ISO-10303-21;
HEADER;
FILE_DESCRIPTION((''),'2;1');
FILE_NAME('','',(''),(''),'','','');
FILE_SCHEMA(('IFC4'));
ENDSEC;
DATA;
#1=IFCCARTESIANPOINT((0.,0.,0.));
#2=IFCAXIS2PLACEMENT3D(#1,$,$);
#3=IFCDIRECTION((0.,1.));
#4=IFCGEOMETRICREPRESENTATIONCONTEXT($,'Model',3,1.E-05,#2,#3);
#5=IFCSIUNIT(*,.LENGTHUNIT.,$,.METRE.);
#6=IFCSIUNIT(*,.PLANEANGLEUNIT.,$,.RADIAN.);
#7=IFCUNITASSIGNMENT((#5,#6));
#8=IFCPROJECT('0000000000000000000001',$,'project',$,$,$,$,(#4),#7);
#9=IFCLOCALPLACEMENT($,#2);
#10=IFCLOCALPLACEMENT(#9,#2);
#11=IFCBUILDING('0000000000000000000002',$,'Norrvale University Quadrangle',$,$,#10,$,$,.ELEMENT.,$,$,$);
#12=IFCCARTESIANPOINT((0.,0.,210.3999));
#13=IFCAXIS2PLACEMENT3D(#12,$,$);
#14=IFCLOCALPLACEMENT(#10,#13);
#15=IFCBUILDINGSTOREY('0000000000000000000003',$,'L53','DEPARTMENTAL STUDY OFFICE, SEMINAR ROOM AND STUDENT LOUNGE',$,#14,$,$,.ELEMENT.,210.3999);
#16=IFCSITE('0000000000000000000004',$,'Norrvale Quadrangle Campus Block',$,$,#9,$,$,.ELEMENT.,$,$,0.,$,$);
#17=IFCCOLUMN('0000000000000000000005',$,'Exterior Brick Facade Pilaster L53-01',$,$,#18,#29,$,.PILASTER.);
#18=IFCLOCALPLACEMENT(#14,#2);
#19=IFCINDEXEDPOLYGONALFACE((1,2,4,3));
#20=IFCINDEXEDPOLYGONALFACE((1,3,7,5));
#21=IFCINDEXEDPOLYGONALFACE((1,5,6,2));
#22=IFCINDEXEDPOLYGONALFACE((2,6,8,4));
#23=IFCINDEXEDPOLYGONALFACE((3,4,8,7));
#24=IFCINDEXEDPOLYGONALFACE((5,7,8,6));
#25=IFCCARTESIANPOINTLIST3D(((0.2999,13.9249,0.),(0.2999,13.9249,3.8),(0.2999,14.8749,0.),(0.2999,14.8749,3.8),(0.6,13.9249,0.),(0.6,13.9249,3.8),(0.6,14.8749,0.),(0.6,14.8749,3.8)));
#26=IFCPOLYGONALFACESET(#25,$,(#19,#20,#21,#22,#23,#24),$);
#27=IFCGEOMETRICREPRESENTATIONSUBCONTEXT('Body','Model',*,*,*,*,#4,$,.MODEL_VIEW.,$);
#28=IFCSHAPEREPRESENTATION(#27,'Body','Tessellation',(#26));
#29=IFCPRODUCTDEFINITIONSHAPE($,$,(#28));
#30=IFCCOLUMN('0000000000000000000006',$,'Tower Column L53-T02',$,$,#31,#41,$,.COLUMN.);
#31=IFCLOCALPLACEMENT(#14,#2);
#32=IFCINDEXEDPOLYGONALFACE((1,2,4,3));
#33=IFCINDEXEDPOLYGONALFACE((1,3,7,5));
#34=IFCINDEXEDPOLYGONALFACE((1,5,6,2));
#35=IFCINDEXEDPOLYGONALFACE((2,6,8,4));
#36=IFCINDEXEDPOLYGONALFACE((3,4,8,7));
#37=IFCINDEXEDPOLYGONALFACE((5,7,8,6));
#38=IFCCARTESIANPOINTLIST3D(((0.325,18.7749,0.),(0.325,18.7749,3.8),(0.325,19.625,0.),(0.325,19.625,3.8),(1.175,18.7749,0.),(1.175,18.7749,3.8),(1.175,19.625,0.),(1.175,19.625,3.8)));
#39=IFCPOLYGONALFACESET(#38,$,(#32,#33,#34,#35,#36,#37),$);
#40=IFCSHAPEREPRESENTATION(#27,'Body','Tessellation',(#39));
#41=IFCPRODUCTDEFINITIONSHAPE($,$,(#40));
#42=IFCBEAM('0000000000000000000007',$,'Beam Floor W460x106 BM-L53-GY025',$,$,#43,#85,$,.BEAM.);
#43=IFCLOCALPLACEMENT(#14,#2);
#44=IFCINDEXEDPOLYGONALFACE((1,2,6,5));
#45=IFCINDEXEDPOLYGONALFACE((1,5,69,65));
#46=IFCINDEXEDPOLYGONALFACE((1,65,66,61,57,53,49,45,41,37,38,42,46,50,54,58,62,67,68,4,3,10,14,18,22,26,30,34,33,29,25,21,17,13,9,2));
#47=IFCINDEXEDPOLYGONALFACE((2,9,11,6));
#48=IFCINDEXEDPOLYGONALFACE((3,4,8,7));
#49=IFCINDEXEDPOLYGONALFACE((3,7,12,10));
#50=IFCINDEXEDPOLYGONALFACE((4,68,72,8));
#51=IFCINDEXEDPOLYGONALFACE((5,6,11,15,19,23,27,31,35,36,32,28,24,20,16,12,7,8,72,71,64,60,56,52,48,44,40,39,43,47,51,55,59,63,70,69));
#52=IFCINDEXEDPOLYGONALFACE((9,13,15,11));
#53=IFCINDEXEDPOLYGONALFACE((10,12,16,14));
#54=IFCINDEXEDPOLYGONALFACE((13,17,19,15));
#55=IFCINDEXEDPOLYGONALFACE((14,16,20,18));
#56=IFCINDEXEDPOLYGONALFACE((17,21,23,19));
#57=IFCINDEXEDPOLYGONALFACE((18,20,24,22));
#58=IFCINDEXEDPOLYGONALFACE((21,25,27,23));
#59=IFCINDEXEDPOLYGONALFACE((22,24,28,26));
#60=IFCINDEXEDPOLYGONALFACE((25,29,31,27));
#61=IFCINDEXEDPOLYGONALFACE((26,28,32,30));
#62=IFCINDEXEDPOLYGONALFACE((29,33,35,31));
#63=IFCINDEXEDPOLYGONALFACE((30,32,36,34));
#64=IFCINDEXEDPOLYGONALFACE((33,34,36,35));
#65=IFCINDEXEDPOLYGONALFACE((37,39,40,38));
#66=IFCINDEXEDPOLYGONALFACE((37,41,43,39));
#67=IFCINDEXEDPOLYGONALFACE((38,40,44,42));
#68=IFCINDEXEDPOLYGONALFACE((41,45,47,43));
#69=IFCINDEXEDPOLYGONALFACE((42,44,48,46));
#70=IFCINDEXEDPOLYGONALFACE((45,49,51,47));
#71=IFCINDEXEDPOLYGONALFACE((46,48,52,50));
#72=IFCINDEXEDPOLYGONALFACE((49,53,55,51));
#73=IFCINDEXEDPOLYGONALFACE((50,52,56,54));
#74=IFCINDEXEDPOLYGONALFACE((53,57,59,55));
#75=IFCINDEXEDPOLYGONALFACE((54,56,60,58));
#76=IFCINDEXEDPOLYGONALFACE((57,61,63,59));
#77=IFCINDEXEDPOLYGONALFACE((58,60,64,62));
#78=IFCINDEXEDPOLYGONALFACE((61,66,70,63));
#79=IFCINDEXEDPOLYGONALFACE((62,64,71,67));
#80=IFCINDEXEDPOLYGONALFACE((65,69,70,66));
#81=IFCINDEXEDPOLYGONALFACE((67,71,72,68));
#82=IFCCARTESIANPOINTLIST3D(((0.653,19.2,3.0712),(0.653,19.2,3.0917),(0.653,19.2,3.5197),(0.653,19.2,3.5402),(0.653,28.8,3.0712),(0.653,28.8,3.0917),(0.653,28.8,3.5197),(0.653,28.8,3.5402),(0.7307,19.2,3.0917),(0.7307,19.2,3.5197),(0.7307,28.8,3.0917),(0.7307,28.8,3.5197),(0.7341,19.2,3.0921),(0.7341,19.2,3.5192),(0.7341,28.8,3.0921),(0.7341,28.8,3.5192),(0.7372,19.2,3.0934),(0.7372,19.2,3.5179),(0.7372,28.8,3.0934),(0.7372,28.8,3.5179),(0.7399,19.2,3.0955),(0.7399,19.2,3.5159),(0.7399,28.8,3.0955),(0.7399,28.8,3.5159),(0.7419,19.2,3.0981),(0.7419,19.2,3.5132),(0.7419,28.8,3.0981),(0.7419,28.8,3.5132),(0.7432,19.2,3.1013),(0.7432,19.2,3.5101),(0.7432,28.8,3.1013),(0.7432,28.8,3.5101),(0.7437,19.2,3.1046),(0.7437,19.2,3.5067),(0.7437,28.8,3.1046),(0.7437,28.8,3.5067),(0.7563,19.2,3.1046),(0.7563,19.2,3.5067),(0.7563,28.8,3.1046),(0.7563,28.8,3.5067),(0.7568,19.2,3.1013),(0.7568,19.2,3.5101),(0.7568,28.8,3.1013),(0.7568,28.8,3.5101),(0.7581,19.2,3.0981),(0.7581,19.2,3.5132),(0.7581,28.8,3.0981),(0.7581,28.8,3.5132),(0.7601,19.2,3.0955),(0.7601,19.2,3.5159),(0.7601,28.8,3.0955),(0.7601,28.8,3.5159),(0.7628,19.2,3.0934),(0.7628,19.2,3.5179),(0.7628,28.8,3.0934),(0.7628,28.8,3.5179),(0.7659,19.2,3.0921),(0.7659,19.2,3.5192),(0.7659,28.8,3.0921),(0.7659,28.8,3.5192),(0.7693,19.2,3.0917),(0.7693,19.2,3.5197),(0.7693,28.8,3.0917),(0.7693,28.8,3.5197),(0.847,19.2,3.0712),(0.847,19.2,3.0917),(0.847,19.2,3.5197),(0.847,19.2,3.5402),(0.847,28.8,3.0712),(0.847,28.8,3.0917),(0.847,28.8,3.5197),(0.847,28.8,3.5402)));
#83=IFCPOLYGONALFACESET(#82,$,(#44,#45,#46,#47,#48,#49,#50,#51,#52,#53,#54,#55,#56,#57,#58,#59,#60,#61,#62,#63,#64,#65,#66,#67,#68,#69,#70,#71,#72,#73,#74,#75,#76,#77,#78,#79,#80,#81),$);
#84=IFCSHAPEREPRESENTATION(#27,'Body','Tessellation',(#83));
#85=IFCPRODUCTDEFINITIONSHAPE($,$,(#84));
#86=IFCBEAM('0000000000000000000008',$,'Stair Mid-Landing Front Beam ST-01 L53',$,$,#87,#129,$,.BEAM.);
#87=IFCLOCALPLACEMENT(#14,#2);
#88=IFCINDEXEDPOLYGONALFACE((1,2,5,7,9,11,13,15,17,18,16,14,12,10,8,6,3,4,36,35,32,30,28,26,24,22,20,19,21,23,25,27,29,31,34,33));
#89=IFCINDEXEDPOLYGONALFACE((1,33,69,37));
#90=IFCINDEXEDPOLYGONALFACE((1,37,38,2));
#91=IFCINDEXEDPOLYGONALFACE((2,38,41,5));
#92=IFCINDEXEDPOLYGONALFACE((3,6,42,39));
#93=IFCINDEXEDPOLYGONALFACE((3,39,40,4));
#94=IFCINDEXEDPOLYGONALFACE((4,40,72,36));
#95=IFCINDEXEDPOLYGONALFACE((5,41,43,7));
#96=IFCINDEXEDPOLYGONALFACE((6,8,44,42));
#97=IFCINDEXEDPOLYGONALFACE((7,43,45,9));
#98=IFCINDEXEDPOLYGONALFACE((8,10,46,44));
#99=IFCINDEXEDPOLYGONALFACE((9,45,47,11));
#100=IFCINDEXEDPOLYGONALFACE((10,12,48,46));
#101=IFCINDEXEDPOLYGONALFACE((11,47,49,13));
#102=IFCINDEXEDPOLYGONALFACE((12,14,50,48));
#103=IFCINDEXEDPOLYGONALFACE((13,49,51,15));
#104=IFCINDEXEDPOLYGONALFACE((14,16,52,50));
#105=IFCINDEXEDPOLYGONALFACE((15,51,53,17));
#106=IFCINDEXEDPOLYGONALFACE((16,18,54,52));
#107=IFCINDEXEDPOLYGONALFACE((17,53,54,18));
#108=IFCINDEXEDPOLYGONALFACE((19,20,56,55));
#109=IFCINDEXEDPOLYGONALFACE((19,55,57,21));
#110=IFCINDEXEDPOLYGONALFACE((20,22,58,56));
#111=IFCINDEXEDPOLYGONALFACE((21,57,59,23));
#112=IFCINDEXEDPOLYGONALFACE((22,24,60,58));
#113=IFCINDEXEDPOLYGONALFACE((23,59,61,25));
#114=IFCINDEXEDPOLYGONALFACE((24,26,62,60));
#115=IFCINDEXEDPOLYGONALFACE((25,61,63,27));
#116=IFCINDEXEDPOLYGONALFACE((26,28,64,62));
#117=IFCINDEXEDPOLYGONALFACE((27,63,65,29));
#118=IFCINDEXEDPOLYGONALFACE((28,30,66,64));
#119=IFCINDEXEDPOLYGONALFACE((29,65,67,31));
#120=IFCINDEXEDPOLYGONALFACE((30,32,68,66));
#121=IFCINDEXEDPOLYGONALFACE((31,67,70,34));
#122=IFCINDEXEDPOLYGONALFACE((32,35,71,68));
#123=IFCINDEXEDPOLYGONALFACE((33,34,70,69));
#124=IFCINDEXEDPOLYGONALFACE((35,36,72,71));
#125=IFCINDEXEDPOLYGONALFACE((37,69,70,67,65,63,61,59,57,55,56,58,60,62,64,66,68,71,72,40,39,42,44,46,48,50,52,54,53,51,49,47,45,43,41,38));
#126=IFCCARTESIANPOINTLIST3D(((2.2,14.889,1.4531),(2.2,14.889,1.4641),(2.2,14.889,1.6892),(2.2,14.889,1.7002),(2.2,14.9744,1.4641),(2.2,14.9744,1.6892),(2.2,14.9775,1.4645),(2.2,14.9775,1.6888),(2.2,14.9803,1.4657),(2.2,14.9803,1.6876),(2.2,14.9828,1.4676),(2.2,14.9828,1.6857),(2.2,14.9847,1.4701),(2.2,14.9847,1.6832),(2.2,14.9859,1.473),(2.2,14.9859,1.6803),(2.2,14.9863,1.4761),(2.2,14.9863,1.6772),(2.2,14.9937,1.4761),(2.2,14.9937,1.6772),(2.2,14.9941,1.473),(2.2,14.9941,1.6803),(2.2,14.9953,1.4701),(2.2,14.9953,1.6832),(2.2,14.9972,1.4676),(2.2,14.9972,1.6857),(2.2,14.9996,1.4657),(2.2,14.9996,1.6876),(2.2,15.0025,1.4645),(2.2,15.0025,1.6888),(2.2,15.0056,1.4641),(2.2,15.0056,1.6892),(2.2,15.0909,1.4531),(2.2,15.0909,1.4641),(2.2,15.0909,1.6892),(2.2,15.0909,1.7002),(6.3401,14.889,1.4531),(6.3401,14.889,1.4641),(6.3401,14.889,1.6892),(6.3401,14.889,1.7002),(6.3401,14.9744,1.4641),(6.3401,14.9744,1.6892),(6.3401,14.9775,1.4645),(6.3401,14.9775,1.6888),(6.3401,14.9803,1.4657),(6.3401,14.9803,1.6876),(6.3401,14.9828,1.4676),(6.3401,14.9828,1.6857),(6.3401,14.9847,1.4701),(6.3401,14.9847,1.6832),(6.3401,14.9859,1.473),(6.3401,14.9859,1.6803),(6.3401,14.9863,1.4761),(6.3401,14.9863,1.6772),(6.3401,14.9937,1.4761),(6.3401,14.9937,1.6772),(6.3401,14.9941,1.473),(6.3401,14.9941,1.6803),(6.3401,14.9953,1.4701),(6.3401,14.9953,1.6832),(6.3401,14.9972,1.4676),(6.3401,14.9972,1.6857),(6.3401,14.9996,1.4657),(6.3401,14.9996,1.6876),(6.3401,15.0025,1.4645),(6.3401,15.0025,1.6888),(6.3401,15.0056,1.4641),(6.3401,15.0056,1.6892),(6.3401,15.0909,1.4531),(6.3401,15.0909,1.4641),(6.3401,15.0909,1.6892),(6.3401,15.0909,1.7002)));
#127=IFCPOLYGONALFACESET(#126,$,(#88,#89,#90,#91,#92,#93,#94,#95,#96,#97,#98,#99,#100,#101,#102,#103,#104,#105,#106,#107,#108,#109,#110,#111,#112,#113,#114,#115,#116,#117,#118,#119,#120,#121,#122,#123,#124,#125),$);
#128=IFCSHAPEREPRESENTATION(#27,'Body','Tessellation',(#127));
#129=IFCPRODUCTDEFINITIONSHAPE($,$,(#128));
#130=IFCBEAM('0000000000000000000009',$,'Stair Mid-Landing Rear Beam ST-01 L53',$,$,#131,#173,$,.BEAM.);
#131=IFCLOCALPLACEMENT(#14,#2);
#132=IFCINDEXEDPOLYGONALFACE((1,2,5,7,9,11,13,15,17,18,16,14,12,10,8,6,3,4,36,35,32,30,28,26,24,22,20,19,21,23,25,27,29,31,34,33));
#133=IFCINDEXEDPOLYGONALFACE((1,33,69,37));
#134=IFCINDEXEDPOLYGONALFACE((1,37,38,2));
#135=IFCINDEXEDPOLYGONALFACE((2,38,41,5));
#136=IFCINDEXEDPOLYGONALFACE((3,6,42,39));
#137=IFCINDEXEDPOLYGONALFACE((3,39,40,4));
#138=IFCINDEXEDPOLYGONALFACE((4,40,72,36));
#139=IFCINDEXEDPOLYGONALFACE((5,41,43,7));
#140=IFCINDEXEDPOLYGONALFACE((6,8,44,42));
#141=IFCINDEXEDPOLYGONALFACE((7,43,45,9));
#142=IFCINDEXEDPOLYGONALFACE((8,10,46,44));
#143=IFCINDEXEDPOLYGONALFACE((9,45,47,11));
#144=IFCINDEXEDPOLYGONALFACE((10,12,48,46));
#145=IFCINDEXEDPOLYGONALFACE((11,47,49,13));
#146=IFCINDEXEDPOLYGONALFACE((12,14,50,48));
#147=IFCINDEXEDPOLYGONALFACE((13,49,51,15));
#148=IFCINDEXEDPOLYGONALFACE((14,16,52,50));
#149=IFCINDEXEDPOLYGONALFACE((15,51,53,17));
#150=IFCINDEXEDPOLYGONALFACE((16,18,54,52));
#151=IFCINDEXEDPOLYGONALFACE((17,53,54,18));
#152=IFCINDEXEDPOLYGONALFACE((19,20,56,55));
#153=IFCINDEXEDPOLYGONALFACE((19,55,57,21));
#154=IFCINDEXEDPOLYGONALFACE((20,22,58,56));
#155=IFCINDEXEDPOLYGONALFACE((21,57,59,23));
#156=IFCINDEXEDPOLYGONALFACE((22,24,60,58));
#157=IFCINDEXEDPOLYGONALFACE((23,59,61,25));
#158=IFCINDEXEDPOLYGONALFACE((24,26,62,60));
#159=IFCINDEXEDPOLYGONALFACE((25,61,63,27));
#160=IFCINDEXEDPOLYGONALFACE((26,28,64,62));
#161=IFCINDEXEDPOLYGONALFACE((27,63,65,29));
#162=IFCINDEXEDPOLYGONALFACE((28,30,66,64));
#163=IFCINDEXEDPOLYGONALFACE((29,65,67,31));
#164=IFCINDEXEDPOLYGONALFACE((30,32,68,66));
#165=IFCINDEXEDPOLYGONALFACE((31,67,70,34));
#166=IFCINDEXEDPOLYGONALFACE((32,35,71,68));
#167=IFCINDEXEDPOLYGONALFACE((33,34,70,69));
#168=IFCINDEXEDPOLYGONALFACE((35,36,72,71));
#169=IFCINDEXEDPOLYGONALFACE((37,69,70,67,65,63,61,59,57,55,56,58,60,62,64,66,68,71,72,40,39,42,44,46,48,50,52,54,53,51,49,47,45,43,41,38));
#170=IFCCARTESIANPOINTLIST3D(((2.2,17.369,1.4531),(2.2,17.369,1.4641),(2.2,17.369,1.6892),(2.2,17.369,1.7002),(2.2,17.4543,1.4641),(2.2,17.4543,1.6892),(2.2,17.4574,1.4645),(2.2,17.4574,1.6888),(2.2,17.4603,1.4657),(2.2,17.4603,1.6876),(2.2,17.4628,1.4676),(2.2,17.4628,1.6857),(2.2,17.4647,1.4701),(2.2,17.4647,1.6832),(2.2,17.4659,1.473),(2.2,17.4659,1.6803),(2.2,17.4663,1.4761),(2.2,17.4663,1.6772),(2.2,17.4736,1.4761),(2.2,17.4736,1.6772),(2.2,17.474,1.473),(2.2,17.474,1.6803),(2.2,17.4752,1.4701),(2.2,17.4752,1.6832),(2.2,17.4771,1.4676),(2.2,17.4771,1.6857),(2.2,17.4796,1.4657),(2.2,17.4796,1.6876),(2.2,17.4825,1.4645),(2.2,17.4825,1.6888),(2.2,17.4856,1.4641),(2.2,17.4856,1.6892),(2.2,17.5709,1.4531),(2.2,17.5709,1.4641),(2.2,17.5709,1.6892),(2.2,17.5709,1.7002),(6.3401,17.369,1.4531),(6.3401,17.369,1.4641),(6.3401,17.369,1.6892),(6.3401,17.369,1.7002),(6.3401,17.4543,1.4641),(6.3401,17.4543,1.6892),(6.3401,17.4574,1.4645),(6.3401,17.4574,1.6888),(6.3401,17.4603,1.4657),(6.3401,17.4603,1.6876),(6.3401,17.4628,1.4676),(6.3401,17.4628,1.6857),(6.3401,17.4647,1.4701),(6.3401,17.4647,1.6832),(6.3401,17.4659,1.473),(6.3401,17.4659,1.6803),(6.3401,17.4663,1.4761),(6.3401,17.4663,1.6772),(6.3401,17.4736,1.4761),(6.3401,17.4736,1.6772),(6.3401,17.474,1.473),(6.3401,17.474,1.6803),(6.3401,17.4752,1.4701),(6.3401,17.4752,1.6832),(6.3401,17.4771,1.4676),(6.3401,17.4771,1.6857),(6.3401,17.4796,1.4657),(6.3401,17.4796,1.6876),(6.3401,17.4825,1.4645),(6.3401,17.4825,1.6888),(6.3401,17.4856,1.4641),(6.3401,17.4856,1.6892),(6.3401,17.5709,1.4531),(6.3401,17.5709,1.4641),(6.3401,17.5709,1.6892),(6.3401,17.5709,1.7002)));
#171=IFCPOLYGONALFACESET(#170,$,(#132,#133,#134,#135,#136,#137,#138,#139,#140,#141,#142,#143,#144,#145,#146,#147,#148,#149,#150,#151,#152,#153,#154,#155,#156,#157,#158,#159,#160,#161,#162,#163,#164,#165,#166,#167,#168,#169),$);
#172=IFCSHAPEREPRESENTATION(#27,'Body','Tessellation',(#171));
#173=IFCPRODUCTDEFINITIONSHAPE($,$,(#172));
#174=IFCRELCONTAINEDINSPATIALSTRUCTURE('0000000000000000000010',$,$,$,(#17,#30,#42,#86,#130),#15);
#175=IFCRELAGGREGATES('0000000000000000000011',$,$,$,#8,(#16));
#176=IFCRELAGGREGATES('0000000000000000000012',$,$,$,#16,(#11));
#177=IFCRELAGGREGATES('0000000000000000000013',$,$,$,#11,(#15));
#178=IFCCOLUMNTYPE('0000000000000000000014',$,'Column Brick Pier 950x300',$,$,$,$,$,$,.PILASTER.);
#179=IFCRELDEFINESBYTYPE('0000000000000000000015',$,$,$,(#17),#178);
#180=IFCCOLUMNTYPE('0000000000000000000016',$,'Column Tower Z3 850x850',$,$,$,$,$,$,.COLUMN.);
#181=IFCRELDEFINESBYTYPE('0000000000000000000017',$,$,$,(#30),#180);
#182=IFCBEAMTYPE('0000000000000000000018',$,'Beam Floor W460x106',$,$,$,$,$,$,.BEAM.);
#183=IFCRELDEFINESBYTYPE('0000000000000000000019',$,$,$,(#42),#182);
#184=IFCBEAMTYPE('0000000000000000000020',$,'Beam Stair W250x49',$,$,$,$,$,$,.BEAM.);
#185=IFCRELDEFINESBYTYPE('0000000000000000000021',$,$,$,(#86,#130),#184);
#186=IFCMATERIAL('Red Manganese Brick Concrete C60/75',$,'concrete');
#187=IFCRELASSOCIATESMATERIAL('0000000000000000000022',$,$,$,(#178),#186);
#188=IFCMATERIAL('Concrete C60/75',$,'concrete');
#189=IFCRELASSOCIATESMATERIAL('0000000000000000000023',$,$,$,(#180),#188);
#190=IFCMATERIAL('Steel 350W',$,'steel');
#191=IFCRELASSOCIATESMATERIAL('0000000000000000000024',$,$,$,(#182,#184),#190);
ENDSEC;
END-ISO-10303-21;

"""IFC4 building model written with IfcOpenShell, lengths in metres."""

from ifc_helpers import new_model, si_unit, direction, frame, origin, origin_2d, place, context, subcontext, project, spatial, rectangle, i_section, extrude, material, material_profile, profile_set, type_object, element, save


model = new_model("IFC4")

# Units and contexts
model_context = context("Model", 3, precision=1e-05, world=origin(), true_north=direction((0.0, 1.0)))
body_context = subcontext(model_context, "Body", "Model", "MODEL_VIEW")
ifc_project = project(units=[si_unit("LENGTHUNIT", "METRE"), si_unit("PLANEANGLEUNIT", "RADIAN")], contexts=[model_context])

# Site, building, storey
site_placement = place(None, origin())
site = spatial("IfcSite", under=ifc_project, at=site_placement, Name="Norrvale Quadrangle Campus Block", CompositionType="ELEMENT", RefElevation=0.0)
building_placement = place(site_placement, origin())
building = spatial("IfcBuilding", under=site, at=building_placement, Name="Norrvale University Quadrangle", CompositionType="ELEMENT")
storey_placement = place(building_placement, frame((0.0, 0.0, 210.3999)))
storey = spatial("IfcBuildingStorey", under=building, at=storey_placement, Name="L53", Description="DEPARTMENTAL STUDY OFFICE, SEMINAR ROOM AND STUDENT LOUNGE", CompositionType="ELEMENT", Elevation=210.3999)

# Columns
ifc_material_1 = material(Name="Red Manganese Brick Concrete C60/75", Category="concrete")
ifc_material_profile_1 = material_profile(ifc_material_1, rectangle(XDim=0.95, YDim=0.3, at=origin_2d()), Name="Red Manganese Brick Concrete C60/75")
ifc_profile_set_1 = profile_set([ifc_material_profile_1], Name="Red Manganese Brick Concrete C60/75")
column_type_1 = type_object("IfcColumnType", Name="Column Brick Pier 950x300", PredefinedType="PILASTER", material=ifc_profile_set_1)
column_1_placement = place(storey_placement, frame((0.45, 14.3999, 0.0), z_axis=(0.0, 0.0, 1.0), x_axis=(0.0, 1.0, 0.0)))
element("IfcColumn", 1, at=column_1_placement, inside=storey, type_object=column_type_1, Name="Exterior Brick Facade Pilaster L53-01", PredefinedType="PILASTER", context=body_context, shape_type="SweptSolid", body=[
    extrude(rectangle(XDim=0.95, YDim=0.3, at=origin_2d()), origin(), (0.0, 0.0, 1.0), 3.8),
])
ifc_material_2 = material(Name="Concrete C60/75", Category="concrete")
ifc_material_profile_2 = material_profile(ifc_material_2, rectangle(XDim=0.8501, YDim=0.8501, at=origin_2d()), Name="Concrete C60/75")
ifc_profile_set_2 = profile_set([ifc_material_profile_2], Name="Concrete C60/75")
column_type_2 = type_object("IfcColumnType", Name="Column Tower Z3 850x850", PredefinedType="COLUMN", material=ifc_profile_set_2)
column_2_placement = place(storey_placement, frame((0.75, 19.2, 0.0), z_axis=(0.0, 0.0, 1.0), x_axis=(1.0, 0.0, 0.0)))
element("IfcColumn", 2, at=column_2_placement, inside=storey, type_object=column_type_2, Name="Tower Column L53-T02", PredefinedType="COLUMN", context=body_context, shape_type="SweptSolid", body=[
    extrude(rectangle(XDim=0.8501, YDim=0.8501, at=origin_2d()), origin(), (0.0, 0.0, 1.0), 3.8),
])

# Beams
ifc_material_3 = material(Name="Steel 350W", Category="steel")
ifc_material_profile_3 = material_profile(ifc_material_3, i_section(OverallWidth=0.1941, OverallDepth=0.469, WebThickness=0.0127, FlangeThickness=0.0205, FilletRadius=0.0129, at=origin_2d()), Name="Steel 350W")
ifc_profile_set_3 = profile_set([ifc_material_profile_3], Name="Steel 350W")
beam_type_1 = type_object("IfcBeamType", Name="Beam Floor W460x106", PredefinedType="BEAM", material=ifc_profile_set_3)
beam_1_placement = place(storey_placement, frame((0.75, 19.2, 3.3057), z_axis=(0.0, 1.0, 0.0), x_axis=(-1.0, 0.0, 0.0)))
element("IfcBeam", 3, at=beam_1_placement, inside=storey, type_object=beam_type_1, Name="Beam Floor W460x106 BM-L53-GY025", PredefinedType="BEAM", context=body_context, shape_type="SweptSolid", body=[
    extrude(i_section(OverallWidth=0.1941, OverallDepth=0.469, WebThickness=0.0127, FlangeThickness=0.0205, FilletRadius=0.0129, at=origin_2d()), origin(), (0.0, 0.0, 1.0), 9.6001),
])
ifc_material_profile_4 = material_profile(ifc_material_3, i_section(OverallWidth=0.2019, OverallDepth=0.2471, WebThickness=0.0073, FlangeThickness=0.011, FilletRadius=0.012, at=origin_2d()), Name="Steel 350W")
ifc_profile_set_4 = profile_set([ifc_material_profile_4], Name="Steel 350W")
beam_type_2 = type_object("IfcBeamType", Name="Beam Stair W250x49", PredefinedType="BEAM", material=ifc_profile_set_4)
for number, where, z_axis, x_axis, name in (
    (4, (2.2, 14.99, 1.5767), (1.0, 0.0, 0.0), (0.0, 1.0, 0.0), "Stair Mid-Landing Front Beam ST-01 L53"),
    (5, (2.2, 17.47, 1.5767), (1.0, 0.0, 0.0), (0.0, 1.0, 0.0), "Stair Mid-Landing Rear Beam ST-01 L53"),
):
    element("IfcBeam", number, at=place(storey_placement, frame(where, z_axis=z_axis, x_axis=x_axis)), inside=storey, type_object=beam_type_2, Name=name, PredefinedType="BEAM", context=body_context, shape_type="SweptSolid", body=[
        extrude(i_section(OverallWidth=0.2019, OverallDepth=0.2471, WebThickness=0.0073, FlangeThickness=0.011, FilletRadius=0.012, at=origin_2d()), origin(), (0.0, 0.0, 1.0), 4.1401),
    ])

save(model, "model.ifc")
